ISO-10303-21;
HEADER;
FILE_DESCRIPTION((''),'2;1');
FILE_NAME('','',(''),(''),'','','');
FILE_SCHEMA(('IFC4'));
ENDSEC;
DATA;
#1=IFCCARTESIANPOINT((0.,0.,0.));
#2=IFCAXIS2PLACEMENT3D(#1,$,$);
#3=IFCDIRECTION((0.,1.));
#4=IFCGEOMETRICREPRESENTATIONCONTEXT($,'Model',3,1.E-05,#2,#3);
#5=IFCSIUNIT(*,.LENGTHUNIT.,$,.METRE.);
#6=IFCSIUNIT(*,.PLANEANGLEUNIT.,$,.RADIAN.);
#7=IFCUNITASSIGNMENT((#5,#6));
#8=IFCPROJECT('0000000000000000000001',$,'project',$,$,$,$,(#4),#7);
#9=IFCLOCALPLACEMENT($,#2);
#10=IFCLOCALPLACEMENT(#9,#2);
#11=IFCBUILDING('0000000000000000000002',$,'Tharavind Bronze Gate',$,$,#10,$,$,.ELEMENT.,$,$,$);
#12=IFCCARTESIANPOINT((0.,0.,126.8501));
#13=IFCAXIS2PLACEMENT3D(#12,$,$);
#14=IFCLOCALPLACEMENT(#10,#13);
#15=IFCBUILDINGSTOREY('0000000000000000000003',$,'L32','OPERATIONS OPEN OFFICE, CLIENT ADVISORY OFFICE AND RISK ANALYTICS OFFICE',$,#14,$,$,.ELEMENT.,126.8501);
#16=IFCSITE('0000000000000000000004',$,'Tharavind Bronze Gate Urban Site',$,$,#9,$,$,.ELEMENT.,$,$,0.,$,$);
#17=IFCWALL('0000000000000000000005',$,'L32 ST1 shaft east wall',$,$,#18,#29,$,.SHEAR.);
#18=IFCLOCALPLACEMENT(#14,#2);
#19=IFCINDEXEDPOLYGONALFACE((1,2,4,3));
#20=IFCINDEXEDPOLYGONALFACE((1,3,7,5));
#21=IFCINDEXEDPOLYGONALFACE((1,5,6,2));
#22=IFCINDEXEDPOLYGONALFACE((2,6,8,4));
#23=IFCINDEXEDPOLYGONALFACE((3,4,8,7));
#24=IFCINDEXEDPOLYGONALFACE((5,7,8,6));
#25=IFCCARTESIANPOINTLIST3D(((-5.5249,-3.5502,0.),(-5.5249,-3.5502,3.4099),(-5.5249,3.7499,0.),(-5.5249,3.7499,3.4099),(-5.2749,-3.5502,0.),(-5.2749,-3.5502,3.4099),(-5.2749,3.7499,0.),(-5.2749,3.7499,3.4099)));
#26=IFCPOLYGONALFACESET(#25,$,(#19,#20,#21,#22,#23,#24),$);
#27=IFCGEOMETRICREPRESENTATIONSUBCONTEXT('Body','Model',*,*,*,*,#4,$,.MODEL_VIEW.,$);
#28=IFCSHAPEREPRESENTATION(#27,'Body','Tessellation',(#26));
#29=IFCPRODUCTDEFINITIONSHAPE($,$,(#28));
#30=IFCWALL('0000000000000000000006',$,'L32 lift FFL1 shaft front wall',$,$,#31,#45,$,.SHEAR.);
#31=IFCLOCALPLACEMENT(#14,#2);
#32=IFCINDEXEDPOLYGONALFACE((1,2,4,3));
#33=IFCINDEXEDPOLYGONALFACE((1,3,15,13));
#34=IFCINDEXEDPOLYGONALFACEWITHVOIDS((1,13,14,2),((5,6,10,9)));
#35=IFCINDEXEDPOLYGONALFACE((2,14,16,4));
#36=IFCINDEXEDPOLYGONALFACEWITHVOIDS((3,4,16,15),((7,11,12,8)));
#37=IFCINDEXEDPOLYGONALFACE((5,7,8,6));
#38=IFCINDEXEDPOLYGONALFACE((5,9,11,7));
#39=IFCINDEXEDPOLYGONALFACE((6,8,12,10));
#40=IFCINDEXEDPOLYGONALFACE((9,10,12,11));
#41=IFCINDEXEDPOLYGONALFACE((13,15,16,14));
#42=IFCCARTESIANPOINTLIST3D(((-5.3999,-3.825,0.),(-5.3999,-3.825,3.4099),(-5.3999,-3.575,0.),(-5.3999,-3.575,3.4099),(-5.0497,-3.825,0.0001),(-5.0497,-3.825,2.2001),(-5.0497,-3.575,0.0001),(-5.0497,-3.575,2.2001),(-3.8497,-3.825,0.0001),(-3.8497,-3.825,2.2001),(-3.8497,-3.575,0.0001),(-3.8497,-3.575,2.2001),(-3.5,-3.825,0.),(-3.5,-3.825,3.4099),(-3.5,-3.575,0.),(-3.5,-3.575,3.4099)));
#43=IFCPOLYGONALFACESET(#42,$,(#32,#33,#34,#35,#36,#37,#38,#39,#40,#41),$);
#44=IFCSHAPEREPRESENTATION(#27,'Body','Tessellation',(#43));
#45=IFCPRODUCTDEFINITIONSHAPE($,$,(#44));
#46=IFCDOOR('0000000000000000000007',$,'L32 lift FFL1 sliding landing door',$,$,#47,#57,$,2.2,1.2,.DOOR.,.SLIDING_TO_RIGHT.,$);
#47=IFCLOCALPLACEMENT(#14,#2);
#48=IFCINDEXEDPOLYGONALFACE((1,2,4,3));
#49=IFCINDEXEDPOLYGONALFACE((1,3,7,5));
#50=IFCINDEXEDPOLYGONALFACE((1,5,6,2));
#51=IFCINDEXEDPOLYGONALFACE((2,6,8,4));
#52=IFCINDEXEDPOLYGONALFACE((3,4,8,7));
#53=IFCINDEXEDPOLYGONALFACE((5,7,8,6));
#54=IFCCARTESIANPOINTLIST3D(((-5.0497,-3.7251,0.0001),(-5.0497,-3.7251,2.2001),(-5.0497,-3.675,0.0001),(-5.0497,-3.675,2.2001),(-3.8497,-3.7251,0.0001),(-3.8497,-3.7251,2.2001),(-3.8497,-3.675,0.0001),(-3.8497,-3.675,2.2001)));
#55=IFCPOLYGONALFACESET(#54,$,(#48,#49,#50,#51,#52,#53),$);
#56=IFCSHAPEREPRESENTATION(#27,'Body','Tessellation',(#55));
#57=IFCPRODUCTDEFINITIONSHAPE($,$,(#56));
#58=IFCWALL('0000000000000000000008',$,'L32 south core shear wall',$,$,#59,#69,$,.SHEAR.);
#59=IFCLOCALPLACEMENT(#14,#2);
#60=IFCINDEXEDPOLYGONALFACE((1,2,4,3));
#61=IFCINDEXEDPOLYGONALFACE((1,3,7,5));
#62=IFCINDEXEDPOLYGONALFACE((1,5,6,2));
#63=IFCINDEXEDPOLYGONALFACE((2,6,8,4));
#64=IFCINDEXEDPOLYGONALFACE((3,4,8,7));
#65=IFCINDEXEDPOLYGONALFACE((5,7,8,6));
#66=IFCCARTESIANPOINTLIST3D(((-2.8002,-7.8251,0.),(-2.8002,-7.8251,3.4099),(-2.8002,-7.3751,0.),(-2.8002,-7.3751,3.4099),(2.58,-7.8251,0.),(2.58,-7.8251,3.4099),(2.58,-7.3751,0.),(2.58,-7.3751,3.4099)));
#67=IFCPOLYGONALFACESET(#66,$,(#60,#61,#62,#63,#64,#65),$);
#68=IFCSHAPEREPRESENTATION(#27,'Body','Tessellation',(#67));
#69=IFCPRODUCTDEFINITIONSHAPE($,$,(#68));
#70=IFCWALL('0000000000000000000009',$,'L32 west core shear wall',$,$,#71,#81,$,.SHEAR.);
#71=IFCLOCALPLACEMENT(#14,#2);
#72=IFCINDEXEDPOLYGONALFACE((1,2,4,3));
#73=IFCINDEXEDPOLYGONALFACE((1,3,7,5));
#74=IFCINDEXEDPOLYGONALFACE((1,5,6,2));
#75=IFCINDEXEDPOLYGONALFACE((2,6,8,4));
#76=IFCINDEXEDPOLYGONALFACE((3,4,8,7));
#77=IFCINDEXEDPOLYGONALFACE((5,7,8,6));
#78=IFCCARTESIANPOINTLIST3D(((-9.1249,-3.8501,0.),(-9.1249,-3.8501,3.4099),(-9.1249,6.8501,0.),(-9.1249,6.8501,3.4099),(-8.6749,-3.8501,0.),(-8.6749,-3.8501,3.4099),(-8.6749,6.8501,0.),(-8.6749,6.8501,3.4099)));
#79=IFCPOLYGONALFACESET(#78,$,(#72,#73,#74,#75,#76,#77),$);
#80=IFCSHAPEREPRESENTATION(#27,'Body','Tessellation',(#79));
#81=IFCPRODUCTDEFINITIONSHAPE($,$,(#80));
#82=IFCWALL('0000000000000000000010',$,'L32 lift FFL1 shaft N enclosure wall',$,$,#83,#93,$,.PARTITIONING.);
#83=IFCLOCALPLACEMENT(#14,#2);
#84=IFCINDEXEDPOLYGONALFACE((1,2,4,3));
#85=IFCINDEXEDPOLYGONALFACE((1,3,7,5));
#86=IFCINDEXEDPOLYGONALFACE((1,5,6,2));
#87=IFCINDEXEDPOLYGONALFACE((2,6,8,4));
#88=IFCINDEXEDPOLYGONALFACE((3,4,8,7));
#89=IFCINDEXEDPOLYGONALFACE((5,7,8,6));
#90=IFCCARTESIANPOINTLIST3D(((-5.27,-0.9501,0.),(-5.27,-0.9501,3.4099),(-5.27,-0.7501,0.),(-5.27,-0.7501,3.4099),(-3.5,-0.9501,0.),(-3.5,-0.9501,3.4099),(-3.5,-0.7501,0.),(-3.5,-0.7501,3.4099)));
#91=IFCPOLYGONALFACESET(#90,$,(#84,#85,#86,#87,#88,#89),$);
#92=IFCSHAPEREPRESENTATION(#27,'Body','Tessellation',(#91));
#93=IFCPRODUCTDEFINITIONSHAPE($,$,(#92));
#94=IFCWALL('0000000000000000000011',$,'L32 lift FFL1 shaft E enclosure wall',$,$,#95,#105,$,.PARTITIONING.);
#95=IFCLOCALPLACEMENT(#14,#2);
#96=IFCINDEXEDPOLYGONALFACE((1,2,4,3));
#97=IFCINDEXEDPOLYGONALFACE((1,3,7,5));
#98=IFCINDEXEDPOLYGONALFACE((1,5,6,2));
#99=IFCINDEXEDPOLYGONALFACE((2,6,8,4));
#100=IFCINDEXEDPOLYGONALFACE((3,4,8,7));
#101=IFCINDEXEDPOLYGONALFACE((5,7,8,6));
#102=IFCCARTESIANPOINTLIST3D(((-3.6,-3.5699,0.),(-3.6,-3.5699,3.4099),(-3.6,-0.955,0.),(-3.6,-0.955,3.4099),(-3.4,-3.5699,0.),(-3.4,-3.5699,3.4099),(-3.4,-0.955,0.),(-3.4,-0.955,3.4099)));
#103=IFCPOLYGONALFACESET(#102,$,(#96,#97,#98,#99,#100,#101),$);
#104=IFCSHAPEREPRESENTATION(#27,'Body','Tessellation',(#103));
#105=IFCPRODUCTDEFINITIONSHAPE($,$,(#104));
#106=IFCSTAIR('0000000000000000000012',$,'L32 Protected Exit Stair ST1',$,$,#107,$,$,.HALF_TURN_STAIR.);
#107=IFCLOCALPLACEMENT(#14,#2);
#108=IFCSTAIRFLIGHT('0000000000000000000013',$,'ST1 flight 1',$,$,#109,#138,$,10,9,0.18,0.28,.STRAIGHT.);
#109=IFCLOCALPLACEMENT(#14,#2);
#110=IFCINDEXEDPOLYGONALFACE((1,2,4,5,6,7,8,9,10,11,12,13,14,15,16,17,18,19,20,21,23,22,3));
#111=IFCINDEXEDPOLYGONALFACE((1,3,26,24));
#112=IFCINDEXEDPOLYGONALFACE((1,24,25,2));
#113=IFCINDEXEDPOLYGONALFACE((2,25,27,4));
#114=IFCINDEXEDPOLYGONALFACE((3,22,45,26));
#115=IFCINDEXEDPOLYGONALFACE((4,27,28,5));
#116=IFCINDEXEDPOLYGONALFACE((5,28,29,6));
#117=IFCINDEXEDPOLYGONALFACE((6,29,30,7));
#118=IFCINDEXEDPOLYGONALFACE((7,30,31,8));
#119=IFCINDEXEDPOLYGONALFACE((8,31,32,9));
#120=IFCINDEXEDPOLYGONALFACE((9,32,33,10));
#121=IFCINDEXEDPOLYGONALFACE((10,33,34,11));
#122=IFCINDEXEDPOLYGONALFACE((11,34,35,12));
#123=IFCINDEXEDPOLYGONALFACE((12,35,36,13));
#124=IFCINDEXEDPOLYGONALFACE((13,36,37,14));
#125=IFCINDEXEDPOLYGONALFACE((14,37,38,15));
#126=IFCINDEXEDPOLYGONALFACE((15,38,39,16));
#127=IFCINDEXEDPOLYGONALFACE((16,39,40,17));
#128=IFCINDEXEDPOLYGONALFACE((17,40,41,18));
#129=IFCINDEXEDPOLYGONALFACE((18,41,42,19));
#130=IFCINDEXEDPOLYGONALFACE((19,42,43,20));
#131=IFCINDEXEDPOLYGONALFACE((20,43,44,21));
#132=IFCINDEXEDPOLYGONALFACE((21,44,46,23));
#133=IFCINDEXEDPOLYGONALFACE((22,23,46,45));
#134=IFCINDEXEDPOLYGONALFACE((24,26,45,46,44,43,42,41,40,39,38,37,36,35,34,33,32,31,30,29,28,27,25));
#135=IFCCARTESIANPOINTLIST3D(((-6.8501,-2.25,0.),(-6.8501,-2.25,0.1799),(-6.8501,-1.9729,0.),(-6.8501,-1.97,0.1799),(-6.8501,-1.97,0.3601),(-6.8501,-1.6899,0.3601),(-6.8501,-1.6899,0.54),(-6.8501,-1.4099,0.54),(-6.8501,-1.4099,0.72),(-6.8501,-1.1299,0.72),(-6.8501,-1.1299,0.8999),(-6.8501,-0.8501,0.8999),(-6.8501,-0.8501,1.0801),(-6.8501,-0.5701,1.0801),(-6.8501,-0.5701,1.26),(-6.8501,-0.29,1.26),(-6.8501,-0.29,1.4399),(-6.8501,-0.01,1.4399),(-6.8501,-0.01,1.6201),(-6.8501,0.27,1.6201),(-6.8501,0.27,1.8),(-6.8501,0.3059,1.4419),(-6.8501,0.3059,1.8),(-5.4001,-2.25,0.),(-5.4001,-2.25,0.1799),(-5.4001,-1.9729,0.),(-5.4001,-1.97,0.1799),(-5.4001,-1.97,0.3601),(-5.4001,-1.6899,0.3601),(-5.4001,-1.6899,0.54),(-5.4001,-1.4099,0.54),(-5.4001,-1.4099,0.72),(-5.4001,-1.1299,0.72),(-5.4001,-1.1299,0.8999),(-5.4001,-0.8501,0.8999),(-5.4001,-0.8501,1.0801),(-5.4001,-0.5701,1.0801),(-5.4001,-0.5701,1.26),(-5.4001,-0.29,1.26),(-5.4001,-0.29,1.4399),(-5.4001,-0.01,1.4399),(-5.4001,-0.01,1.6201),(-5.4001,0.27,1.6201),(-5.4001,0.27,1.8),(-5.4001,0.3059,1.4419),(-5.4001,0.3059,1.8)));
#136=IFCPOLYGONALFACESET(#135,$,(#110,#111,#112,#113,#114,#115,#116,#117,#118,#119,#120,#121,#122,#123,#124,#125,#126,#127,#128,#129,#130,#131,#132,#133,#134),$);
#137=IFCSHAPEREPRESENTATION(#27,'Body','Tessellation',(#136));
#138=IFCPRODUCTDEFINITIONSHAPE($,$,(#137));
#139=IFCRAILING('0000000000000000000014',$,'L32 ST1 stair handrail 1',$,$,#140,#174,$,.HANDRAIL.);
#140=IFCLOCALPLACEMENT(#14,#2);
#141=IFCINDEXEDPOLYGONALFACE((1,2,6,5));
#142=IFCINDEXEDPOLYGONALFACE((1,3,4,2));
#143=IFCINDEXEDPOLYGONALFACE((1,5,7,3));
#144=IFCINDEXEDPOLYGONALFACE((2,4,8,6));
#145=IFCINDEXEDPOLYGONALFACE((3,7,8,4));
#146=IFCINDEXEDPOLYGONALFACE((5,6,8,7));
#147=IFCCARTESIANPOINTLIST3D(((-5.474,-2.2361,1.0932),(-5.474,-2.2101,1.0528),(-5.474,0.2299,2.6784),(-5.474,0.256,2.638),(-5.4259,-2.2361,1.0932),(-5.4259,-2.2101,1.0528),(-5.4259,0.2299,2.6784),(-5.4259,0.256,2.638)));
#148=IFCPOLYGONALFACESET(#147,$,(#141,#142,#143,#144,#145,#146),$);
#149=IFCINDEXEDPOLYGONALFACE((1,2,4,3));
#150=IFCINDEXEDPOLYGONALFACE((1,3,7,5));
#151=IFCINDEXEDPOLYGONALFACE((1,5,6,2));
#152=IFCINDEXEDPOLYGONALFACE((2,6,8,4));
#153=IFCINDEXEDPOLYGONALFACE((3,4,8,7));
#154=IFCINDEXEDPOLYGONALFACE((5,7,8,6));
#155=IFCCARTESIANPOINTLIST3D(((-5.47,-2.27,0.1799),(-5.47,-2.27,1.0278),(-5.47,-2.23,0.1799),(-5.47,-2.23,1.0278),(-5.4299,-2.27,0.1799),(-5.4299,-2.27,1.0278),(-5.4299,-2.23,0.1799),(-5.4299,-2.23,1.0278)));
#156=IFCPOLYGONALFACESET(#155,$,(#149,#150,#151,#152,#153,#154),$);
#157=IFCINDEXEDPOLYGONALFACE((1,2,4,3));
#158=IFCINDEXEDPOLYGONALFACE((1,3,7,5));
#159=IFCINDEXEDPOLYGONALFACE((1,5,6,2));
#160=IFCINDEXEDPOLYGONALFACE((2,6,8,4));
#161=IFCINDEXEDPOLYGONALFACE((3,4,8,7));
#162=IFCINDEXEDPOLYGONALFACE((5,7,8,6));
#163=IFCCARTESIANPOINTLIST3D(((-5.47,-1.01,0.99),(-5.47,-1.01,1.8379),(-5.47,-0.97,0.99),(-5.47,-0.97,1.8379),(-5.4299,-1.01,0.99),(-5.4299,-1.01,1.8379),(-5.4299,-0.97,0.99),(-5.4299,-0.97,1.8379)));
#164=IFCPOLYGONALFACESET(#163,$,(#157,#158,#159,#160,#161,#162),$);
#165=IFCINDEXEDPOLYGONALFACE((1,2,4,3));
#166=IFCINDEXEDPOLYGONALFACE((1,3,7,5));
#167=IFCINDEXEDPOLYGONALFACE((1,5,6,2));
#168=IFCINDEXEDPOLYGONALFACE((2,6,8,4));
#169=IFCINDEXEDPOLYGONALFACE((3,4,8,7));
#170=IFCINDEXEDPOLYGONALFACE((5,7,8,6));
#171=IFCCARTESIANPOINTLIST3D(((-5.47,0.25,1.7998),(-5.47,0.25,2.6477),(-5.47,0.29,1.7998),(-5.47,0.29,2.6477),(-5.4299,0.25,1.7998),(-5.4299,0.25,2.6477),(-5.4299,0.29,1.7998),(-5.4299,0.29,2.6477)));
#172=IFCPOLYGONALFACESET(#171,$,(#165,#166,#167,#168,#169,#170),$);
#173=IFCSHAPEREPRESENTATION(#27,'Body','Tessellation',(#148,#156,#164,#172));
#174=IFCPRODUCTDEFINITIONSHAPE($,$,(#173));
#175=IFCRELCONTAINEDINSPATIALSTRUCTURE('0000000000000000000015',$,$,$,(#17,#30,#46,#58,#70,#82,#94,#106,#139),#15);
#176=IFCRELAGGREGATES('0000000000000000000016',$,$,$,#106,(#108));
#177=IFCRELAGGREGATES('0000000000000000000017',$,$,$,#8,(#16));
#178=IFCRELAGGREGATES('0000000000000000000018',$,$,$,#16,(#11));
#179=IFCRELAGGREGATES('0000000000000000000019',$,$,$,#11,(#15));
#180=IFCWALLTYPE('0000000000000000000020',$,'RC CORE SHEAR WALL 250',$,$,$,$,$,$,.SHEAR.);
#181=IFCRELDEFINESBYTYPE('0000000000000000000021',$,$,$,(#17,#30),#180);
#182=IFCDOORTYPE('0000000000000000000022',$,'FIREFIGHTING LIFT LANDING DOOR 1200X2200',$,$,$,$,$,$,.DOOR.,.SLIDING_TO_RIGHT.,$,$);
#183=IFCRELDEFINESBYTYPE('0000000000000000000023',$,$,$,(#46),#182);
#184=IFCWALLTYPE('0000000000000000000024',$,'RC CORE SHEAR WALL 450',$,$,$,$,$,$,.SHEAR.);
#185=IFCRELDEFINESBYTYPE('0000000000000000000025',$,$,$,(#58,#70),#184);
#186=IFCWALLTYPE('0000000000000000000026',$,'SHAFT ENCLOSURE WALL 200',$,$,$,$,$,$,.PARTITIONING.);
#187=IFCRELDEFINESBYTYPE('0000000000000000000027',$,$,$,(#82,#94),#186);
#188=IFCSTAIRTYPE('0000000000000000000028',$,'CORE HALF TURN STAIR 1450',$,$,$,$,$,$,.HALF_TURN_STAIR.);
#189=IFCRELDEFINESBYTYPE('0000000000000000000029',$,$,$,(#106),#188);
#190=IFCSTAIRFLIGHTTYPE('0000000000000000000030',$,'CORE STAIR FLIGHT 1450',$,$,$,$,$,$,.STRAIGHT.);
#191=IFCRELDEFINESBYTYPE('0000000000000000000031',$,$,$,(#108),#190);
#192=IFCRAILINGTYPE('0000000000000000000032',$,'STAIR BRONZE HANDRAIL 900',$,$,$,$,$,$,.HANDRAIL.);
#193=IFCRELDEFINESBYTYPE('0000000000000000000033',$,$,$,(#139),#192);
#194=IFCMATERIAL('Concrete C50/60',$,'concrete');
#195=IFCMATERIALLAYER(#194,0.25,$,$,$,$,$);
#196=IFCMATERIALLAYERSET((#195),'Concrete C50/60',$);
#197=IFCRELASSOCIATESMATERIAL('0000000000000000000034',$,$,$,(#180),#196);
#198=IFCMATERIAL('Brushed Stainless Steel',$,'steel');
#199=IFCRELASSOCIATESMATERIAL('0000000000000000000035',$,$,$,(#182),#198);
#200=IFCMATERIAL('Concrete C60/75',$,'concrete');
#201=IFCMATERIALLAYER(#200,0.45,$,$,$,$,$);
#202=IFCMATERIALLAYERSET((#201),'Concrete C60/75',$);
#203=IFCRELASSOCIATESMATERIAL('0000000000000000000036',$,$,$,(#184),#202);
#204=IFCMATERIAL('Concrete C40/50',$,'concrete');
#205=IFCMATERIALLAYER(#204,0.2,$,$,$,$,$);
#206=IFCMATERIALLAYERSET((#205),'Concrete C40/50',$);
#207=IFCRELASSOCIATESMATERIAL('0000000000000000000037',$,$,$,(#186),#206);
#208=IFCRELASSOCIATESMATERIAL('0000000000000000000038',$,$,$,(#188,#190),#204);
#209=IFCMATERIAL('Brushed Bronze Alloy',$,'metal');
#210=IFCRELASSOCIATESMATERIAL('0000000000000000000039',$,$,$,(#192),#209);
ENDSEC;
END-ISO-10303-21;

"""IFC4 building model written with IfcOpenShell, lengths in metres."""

from ifc_helpers import new_model, si_unit, direction, frame, frame_2d, origin, origin_2d, place, context, subcontext, project, spatial, polyline, rectangle, outline, extrude, material, layer, layer_set, type_object, element, fill, aggregate, save


model = new_model("IFC4")

# Units and contexts
model_context = context("Model", 3, precision=1e-05, world=origin(), true_north=direction((0.0, 1.0)))
body_context = subcontext(model_context, "Body", "Model", "MODEL_VIEW")
ifc_project = project(units=[si_unit("LENGTHUNIT", "METRE"), si_unit("PLANEANGLEUNIT", "RADIAN")], contexts=[model_context])

# Site, building, storey
site_placement = place(None, origin())
site = spatial("IfcSite", under=ifc_project, at=site_placement, Name="Tharavind Bronze Gate Urban Site", CompositionType="ELEMENT", RefElevation=0.0)
building_placement = place(site_placement, origin())
building = spatial("IfcBuilding", under=site, at=building_placement, Name="Tharavind Bronze Gate", CompositionType="ELEMENT")
storey_placement = place(building_placement, frame((0.0, 0.0, 126.8501)))
storey = spatial("IfcBuildingStorey", under=building, at=storey_placement, Name="L32", Description="OPERATIONS OPEN OFFICE, CLIENT ADVISORY OFFICE AND RISK ANALYTICS OFFICE", CompositionType="ELEMENT", Elevation=126.8501)

# Shared definitions
ifc_material_1 = material(Name="Concrete C60/75", Category="concrete")

# Wall
ifc_material_2 = material(Name="Concrete C50/60", Category="concrete")
ifc_layer_1 = layer(ifc_material_2, 0.25)
ifc_layer_set_1 = layer_set([ifc_layer_1], Name="Concrete C50/60")
wall_type_1 = type_object("IfcWallType", Name="RC CORE SHEAR WALL 250", PredefinedType="SHEAR", material=ifc_layer_set_1)
wall_1_placement = place(storey_placement, frame((-5.3999, -3.55, 0.0), z_axis=(0.0, 0.0, 1.0), x_axis=(0.0, 1.0, 0.0)))
element("IfcWall", 1, at=wall_1_placement, inside=storey, type_object=wall_type_1, Name="L32 ST1 shaft east wall", PredefinedType="SHEAR", context=body_context, shape_type="SweptSolid", body=[
    extrude(rectangle(XDim=7.3, YDim=0.25, at=frame_2d((3.6499, 0.0))), origin(), (0.0, 0.0, 1.0), 3.4099),
])

# Wall, opening, door
wall_2_placement = place(storey_placement, frame((-5.3999, -3.7, 0.0), z_axis=(0.0, 0.0, 1.0), x_axis=(1.0, 0.0, 0.0)))
wall_2 = element("IfcWall", 2, at=wall_2_placement, inside=storey, type_object=wall_type_1, Name="L32 lift FFL1 shaft front wall", PredefinedType="SHEAR", context=body_context, shape_type="SweptSolid", body=[
    extrude(rectangle(XDim=1.8999, YDim=0.25, at=frame_2d((0.95, 0.0))), origin(), (0.0, 0.0, 1.0), 3.4099),
])
opening_1_placement = place(wall_2_placement, frame((0.3501, 0.0, 0.0)))
opening_1 = element("IfcOpeningElement", 3, at=opening_1_placement, cuts=wall_2, PredefinedType="OPENING", context=body_context, shape_type="SweptSolid", body=[
    extrude(rectangle(XDim=1.2, YDim=2.2, at=frame_2d((0.6001, 1.1001))), frame((0.0, 0.135, 0.0), z_axis=(0.0, -1.0, 0.0), x_axis=(1.0, 0.0, 0.0)), (0.0, 0.0, 1.0), 0.27),
])
ifc_material_3 = material(Name="Brushed Stainless Steel", Category="steel")
door_type_1 = type_object("IfcDoorType", Name="FIREFIGHTING LIFT LANDING DOOR 1200X2200", OperationType="SLIDING_TO_RIGHT", PredefinedType="DOOR", material=ifc_material_3)
door_1_placement = place(opening_1_placement, origin())
door_1 = element("IfcDoor", 4, at=door_1_placement, inside=storey, type_object=door_type_1, Name="L32 lift FFL1 sliding landing door", OperationType="SLIDING_TO_RIGHT", OverallHeight=2.2, OverallWidth=1.2, PredefinedType="DOOR", context=body_context, shape_type="SweptSolid", body=[
    extrude(rectangle(XDim=1.2, YDim=2.2, at=frame_2d((0.6001, 1.1001))), frame((0.0, 0.0249, 0.0), z_axis=(0.0, -1.0, 0.0), x_axis=(1.0, 0.0, 0.0)), (0.0, 0.0, 1.0), 0.05),
])
fill(opening_1, door_1)

# Walls
ifc_layer_2 = layer(ifc_material_1, 0.45)
ifc_layer_set_2 = layer_set([ifc_layer_2], Name="Concrete C60/75")
wall_type_2 = type_object("IfcWallType", Name="RC CORE SHEAR WALL 450", PredefinedType="SHEAR", material=ifc_layer_set_2)
wall_3_placement = place(storey_placement, frame((-2.8, -7.6001, 0.0), z_axis=(0.0, 0.0, 1.0), x_axis=(1.0, 0.0, 0.0)))
element("IfcWall", 5, at=wall_3_placement, inside=storey, type_object=wall_type_2, Name="L32 south core shear wall", PredefinedType="SHEAR", context=body_context, shape_type="SweptSolid", body=[
    extrude(rectangle(XDim=5.3801, YDim=0.45, at=frame_2d((2.6899, 0.0))), origin(), (0.0, 0.0, 1.0), 3.4099),
])
wall_4_placement = place(storey_placement, frame((-8.8999, -3.8501, 0.0), z_axis=(0.0, 0.0, 1.0), x_axis=(0.0, 1.0, 0.0)))
element("IfcWall", 6, at=wall_4_placement, inside=storey, type_object=wall_type_2, Name="L32 west core shear wall", PredefinedType="SHEAR", context=body_context, shape_type="SweptSolid", body=[
    extrude(rectangle(XDim=10.7002, YDim=0.45, at=frame_2d((5.3501, 0.0))), origin(), (0.0, 0.0, 1.0), 3.4099),
])
ifc_material_4 = material(Name="Concrete C40/50", Category="concrete")
ifc_layer_3 = layer(ifc_material_4, 0.2)
ifc_layer_set_3 = layer_set([ifc_layer_3], Name="Concrete C40/50")
wall_type_3 = type_object("IfcWallType", Name="SHAFT ENCLOSURE WALL 200", PredefinedType="PARTITIONING", material=ifc_layer_set_3)
wall_5_placement = place(storey_placement, frame((-5.27, -0.8501, 0.0), z_axis=(0.0, 0.0, 1.0), x_axis=(1.0, 0.0, 0.0)))
element("IfcWall", 7, at=wall_5_placement, inside=storey, type_object=wall_type_3, Name="L32 lift FFL1 shaft N enclosure wall", PredefinedType="PARTITIONING", context=body_context, shape_type="SweptSolid", body=[
    extrude(rectangle(XDim=1.77, YDim=0.2, at=frame_2d((0.885, 0.0))), origin(), (0.0, 0.0, 1.0), 3.4099),
])
wall_6_placement = place(storey_placement, frame((-3.5, -3.5701, 0.0), z_axis=(0.0, 0.0, 1.0), x_axis=(0.0, 1.0, 0.0)))
element("IfcWall", 8, at=wall_6_placement, inside=storey, type_object=wall_type_3, Name="L32 lift FFL1 shaft E enclosure wall", PredefinedType="PARTITIONING", context=body_context, shape_type="SweptSolid", body=[
    extrude(rectangle(XDim=2.615, YDim=0.2, at=frame_2d((1.3076, 0.0))), origin(), (0.0, 0.0, 1.0), 3.4099),
])

# Stair, stair flight
stair_type = type_object("IfcStairType", Name="CORE HALF TURN STAIR 1450", PredefinedType="HALF_TURN_STAIR", material=ifc_material_4)
stair_placement = place(storey_placement, origin())
stair = element("IfcStair", 9, at=stair_placement, inside=storey, type_object=stair_type, Name="L32 Protected Exit Stair ST1", PredefinedType="HALF_TURN_STAIR")
stair_flight_type = type_object("IfcStairFlightType", Name="CORE STAIR FLIGHT 1450", PredefinedType="STRAIGHT", material=ifc_material_4)
stair_flight_placement = place(storey_placement, frame((-6.125, -2.25, 0.0), z_axis=(0.0, 0.0, 1.0), x_axis=(0.0, 1.0, 0.0)))
stair_flight = element("IfcStairFlight", 10, at=stair_flight_placement, type_object=stair_flight_type, Name="ST1 flight 1", NumberOfRisers=10, NumberOfTreads=9, PredefinedType="STRAIGHT", RiserHeight=0.18, TreadLength=0.28, context=body_context, shape_type="SweptSolid", body=[
    extrude(outline(polyline([(0.0, 0.0), (0.0, 0.1799), (0.28, 0.1799), (0.28, 0.3601), (0.5601, 0.3601), (0.5601, 0.54), (0.8401, 0.54), (0.8401, 0.72), (1.1201, 0.72), (1.1201, 0.8999), (1.3999, 0.8999), (1.3999, 1.0801), (1.6799, 1.0801), (1.6799, 1.26), (1.96, 1.26), (1.96, 1.4399), (2.24, 1.4399), (2.24, 1.6201), (2.52, 1.6201), (2.52, 1.8), (2.5559, 1.8), (2.5559, 1.4419), (0.2771, 0.0), (0.0, 0.0)])), frame((0.0, 0.7251, 0.0), z_axis=(0.0, -1.0, 0.0), x_axis=(1.0, 0.0, 0.0)), (0.0, 0.0, 1.0), 1.45),
])
aggregate(stair, [stair_flight])

# Railing
ifc_material_5 = material(Name="Brushed Bronze Alloy", Category="metal")
railing_type_1 = type_object("IfcRailingType", Name="STAIR BRONZE HANDRAIL 900", PredefinedType="HANDRAIL", material=ifc_material_5)
railing_1_placement = place(storey_placement, frame((-5.45, -2.25, 0.1799)))
element("IfcRailing", 11, at=railing_1_placement, inside=storey, type_object=railing_type_1, Name="L32 ST1 stair handrail 1", PredefinedType="HANDRAIL", context=body_context, shape_type="SweptSolid", body=[
    extrude(rectangle(XDim=0.0481, YDim=0.0481, at=origin_2d()), frame((0.0, 0.0269, 0.8931), z_axis=(0.0, 0.8412, 0.540725), x_axis=(-1.0, 0.0, 0.0)), (0.0, 0.0, 1.0), 2.9316),
    extrude(rectangle(XDim=0.04, YDim=0.04, at=origin_2d()), origin(), (0.0, 0.0, 1.0), 0.8479),
    extrude(rectangle(XDim=0.04, YDim=0.04, at=origin_2d()), frame((0.0, 1.26, 0.8101)), (0.0, 0.0, 1.0), 0.8479),
    extrude(rectangle(XDim=0.04, YDim=0.04, at=origin_2d()), frame((0.0, 2.52, 1.6199)), (0.0, 0.0, 1.0), 0.8479),
])

save(model, "model.ifc")
